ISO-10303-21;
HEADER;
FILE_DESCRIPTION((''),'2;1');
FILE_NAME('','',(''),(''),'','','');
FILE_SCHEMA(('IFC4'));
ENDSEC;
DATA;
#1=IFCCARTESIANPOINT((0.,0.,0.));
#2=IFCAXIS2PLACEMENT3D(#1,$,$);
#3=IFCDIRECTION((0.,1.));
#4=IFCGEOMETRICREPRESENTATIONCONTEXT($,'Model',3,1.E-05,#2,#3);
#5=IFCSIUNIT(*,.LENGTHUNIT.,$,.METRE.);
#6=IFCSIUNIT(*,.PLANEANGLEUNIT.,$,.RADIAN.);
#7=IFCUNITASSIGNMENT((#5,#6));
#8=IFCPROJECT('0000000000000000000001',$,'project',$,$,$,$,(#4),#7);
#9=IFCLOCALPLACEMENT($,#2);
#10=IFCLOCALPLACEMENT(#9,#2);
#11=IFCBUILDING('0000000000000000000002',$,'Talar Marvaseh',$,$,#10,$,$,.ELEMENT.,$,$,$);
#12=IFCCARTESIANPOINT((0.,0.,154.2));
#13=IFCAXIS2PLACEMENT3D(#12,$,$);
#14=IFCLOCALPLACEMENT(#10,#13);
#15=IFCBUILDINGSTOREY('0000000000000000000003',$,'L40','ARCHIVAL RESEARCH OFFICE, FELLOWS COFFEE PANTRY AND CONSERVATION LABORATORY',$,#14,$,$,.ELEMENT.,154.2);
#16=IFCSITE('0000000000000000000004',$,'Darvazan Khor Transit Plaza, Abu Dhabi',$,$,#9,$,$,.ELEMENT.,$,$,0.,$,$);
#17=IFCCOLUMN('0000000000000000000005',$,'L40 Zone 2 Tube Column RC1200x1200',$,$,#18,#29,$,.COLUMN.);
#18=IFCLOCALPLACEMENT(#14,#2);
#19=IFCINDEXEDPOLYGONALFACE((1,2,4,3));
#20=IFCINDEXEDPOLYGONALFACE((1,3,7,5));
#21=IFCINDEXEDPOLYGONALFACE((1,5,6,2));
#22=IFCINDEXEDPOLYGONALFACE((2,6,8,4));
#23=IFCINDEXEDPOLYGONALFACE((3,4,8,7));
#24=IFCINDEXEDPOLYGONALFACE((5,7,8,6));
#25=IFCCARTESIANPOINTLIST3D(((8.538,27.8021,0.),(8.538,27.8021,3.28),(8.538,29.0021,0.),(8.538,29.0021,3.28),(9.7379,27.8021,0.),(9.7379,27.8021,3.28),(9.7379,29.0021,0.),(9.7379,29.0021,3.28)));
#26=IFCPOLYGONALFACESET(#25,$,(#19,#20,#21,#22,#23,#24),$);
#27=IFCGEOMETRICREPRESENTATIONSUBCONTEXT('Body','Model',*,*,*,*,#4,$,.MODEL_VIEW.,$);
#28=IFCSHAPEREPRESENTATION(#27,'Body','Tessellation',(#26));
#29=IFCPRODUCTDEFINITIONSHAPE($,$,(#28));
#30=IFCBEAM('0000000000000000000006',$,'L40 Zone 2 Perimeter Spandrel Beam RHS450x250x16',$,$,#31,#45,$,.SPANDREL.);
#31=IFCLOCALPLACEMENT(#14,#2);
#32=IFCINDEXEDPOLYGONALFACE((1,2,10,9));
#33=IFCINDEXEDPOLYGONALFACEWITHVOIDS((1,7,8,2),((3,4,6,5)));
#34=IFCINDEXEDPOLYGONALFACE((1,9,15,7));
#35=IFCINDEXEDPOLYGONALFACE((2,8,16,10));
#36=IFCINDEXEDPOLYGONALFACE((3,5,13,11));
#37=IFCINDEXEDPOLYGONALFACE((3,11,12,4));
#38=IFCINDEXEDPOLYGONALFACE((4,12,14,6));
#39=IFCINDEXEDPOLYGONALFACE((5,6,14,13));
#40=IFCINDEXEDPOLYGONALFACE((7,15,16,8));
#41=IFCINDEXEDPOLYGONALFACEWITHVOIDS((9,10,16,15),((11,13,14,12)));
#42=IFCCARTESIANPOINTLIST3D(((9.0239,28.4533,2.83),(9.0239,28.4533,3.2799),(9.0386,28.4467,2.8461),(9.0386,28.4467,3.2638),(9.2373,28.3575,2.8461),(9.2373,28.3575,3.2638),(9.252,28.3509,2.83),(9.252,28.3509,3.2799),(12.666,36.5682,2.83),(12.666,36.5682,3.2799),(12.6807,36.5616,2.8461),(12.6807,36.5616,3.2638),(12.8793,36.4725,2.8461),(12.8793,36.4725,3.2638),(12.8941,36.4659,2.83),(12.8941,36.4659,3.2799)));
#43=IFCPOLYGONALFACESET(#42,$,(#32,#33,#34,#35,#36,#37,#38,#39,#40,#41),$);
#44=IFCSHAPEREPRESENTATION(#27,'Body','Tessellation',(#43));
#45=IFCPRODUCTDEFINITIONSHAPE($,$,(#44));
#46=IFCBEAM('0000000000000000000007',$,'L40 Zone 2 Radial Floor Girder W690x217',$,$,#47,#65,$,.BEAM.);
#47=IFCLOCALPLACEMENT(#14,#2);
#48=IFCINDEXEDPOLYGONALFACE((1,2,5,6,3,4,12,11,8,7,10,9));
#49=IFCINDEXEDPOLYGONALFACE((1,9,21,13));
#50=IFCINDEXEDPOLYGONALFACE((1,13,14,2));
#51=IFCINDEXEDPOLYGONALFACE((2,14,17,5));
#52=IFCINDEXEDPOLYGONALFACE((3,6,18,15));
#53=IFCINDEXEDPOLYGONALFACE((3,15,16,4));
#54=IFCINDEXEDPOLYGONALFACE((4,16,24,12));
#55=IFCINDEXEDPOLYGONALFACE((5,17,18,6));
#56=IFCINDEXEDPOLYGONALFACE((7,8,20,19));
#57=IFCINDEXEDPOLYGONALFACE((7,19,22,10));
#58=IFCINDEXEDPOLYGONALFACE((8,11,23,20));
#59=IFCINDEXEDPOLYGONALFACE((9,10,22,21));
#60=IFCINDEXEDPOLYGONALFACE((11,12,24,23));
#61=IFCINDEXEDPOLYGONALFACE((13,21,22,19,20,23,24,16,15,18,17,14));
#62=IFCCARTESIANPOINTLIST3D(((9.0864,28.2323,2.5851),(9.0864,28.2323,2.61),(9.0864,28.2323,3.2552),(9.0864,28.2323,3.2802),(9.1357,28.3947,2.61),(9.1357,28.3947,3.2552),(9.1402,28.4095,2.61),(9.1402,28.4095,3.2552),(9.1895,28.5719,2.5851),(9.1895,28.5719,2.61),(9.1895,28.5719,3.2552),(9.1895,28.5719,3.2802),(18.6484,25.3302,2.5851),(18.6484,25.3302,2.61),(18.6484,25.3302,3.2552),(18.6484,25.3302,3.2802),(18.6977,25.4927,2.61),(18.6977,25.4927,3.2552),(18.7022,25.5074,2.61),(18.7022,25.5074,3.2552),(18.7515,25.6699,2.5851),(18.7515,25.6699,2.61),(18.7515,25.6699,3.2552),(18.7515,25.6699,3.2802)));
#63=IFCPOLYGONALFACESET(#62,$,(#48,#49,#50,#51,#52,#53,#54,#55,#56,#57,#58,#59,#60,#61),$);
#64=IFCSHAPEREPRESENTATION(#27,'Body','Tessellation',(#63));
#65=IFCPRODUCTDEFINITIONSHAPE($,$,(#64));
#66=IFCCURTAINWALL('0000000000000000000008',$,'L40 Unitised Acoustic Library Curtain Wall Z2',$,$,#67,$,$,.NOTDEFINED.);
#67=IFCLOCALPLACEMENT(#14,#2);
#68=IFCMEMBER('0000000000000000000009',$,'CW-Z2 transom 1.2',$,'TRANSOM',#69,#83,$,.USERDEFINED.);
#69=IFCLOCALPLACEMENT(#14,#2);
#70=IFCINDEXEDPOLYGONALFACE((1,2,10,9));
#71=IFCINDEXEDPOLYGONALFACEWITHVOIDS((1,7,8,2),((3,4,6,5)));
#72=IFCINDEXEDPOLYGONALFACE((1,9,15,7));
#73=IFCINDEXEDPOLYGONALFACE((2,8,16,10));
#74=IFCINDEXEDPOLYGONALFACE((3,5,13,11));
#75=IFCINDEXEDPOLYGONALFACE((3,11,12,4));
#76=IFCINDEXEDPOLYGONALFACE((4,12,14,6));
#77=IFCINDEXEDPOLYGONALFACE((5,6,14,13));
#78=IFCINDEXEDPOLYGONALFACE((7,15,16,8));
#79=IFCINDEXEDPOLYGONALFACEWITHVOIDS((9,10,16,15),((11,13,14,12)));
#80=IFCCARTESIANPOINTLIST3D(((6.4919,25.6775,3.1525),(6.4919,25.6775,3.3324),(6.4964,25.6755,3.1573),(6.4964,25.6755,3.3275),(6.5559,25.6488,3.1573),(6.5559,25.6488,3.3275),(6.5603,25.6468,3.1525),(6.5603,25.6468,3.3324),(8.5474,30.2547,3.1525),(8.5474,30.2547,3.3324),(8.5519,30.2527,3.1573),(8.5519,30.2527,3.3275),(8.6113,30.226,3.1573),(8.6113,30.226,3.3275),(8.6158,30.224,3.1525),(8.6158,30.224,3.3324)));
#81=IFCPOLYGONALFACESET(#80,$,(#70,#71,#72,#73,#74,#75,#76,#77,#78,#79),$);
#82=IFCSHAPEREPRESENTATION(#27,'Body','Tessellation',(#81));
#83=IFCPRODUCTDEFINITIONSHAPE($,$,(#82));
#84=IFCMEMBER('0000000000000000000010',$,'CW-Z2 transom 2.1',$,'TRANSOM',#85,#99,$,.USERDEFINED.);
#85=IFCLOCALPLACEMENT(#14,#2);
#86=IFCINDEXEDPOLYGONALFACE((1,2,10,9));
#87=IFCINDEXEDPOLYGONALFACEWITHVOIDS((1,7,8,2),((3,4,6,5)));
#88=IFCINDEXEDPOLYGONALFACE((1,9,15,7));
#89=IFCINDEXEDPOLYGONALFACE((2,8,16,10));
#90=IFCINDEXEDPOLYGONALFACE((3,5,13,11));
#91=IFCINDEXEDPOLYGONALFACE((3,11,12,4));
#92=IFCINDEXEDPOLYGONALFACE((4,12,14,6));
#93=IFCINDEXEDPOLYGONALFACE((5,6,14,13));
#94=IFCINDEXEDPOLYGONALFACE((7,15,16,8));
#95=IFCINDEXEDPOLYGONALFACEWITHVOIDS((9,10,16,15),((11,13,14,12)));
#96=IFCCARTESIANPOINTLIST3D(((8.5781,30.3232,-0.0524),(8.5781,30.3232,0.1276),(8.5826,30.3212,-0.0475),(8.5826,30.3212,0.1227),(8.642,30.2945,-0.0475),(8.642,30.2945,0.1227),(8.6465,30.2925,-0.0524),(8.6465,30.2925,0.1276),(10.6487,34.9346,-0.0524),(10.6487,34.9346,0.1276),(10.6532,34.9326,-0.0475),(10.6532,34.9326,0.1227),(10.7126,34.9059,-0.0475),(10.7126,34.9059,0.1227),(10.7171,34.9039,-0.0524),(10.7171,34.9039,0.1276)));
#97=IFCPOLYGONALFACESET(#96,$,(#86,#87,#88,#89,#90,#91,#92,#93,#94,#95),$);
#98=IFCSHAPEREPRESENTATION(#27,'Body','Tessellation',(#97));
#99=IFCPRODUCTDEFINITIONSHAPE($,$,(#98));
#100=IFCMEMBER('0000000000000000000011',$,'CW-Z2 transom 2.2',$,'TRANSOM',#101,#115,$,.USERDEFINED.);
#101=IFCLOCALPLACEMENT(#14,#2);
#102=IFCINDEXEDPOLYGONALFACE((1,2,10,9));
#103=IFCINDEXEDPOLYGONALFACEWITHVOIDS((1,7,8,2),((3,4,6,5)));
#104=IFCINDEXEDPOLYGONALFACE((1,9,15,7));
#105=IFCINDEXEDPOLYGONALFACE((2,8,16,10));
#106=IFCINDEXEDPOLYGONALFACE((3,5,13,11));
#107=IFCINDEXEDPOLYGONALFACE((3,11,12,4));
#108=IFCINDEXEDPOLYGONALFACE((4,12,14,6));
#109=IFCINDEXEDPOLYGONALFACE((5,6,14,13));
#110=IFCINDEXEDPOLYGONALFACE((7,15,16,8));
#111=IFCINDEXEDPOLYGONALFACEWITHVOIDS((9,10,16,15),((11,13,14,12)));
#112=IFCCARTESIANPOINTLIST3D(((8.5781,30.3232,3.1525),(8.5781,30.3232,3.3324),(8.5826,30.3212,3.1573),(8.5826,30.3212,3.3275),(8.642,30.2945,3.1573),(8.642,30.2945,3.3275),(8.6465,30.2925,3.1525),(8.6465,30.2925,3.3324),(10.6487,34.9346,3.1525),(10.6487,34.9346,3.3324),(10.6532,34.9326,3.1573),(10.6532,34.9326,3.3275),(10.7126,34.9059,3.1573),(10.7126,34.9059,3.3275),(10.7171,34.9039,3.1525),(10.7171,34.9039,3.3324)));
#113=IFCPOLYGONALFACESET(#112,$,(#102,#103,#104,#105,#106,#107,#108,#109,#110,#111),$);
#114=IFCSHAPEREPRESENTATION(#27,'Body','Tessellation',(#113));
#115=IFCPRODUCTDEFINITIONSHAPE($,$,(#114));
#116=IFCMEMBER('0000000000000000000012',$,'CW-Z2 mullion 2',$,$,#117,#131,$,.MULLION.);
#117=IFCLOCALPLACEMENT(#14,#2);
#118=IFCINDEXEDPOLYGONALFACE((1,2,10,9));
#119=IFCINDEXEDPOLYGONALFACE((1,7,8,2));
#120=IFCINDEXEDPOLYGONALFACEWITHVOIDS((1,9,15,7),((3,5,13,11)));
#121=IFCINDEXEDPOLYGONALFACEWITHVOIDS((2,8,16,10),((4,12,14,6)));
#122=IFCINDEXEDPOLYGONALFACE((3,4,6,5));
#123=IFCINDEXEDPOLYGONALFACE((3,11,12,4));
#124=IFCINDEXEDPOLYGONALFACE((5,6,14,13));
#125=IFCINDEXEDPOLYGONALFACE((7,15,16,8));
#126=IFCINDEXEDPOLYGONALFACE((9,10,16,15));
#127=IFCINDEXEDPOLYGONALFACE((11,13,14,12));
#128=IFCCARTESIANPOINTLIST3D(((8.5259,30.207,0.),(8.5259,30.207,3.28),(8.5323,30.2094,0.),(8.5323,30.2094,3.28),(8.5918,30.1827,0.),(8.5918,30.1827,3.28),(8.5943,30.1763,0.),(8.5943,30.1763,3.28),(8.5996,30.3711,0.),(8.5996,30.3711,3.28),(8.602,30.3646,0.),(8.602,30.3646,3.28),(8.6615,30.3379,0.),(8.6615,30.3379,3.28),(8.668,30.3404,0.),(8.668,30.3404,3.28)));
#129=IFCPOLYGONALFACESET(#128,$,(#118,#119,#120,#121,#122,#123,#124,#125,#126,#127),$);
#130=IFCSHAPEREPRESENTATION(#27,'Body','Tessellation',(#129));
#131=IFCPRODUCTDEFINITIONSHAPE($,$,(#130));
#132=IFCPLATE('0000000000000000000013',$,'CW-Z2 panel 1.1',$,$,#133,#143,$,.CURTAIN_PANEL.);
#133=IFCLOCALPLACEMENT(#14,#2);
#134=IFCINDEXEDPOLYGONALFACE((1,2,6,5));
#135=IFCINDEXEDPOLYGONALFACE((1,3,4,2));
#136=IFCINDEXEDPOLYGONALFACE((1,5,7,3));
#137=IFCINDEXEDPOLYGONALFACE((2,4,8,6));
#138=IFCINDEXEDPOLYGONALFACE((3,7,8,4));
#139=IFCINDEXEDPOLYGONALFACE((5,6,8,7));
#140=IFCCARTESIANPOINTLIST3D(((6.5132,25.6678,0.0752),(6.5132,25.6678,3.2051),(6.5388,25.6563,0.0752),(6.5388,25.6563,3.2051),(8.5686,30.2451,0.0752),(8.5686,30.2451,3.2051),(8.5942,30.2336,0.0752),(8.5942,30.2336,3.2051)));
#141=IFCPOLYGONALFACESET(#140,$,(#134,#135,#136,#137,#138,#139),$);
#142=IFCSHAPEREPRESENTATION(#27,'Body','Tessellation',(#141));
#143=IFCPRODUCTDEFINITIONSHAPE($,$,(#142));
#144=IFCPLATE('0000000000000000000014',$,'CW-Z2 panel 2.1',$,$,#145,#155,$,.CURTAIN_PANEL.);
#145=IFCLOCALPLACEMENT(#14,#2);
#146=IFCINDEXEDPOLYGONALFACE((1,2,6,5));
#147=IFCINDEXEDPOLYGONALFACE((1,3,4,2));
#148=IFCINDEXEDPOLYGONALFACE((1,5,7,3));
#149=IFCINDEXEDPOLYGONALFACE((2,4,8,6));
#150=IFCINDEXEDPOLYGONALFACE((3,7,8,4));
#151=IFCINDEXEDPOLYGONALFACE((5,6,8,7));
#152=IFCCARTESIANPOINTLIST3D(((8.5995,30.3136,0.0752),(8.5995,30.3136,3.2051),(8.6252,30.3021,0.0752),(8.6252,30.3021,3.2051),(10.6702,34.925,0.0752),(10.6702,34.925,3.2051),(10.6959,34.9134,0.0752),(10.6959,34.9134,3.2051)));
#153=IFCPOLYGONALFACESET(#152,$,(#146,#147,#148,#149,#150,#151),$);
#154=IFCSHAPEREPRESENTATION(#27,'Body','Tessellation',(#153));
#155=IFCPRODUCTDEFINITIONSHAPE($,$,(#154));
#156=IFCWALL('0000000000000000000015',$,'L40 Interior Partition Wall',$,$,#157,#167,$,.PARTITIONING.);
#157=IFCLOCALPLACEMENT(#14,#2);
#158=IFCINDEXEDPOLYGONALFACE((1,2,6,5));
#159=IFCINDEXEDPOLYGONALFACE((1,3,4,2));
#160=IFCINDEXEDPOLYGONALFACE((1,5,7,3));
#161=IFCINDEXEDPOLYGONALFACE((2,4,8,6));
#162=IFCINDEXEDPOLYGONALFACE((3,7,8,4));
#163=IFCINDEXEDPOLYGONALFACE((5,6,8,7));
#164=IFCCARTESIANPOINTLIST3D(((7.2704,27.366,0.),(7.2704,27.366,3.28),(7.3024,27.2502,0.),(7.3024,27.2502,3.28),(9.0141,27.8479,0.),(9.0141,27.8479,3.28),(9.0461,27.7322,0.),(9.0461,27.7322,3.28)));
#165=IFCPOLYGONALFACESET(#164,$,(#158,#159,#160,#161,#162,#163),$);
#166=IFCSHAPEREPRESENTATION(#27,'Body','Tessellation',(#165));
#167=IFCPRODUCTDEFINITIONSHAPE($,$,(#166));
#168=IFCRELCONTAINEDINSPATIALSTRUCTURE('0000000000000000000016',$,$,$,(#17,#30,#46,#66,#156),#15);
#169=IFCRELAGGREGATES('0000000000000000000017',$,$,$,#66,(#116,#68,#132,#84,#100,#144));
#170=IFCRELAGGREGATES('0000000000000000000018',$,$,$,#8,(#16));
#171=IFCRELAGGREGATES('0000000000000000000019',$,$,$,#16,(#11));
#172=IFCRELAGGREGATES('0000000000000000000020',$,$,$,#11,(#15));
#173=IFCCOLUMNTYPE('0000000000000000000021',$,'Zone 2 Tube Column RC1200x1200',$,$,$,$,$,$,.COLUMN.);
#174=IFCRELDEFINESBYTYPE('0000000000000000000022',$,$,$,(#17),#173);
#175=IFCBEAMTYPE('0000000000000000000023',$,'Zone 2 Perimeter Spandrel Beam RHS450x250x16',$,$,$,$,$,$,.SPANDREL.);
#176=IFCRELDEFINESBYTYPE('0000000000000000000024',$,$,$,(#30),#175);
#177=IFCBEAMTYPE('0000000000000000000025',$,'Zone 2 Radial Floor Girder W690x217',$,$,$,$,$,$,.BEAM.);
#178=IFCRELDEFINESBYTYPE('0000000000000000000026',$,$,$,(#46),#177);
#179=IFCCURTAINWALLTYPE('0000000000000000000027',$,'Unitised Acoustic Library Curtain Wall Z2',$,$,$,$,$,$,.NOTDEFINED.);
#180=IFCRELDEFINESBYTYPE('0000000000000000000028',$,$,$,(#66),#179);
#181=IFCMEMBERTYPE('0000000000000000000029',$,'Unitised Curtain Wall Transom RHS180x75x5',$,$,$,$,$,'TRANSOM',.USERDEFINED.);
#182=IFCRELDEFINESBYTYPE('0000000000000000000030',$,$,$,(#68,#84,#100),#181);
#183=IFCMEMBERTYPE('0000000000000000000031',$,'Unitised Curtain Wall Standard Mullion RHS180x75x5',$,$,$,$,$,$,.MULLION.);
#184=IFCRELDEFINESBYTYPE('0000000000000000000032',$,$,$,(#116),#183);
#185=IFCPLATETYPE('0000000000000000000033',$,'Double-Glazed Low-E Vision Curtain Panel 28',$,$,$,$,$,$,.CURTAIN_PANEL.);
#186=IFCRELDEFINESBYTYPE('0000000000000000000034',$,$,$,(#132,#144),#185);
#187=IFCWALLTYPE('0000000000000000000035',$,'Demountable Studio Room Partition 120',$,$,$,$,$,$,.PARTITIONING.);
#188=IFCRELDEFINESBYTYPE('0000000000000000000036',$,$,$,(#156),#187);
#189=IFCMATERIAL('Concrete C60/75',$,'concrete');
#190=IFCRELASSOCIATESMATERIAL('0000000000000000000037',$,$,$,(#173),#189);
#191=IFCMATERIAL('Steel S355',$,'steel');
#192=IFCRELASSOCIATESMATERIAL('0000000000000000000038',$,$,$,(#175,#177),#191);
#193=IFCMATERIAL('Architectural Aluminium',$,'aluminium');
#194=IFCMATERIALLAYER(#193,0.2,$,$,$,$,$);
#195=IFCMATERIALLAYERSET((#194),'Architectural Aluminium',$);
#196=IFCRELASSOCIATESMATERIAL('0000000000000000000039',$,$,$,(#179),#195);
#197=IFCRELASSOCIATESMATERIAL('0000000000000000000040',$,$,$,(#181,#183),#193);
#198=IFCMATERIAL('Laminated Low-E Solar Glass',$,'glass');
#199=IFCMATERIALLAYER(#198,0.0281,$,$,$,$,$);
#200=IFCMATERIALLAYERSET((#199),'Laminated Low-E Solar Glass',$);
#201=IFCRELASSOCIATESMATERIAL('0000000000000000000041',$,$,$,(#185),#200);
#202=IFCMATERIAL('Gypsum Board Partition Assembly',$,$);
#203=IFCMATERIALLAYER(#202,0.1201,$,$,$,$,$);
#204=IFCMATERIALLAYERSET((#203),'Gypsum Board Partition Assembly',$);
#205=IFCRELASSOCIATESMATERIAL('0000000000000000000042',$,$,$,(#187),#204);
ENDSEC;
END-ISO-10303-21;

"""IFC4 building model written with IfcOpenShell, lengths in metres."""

from ifc_helpers import new_model, si_unit, direction, frame, frame_2d, origin, origin_2d, place, context, subcontext, project, spatial, rectangle, hollow_rectangle, i_section, extrude, source, transform, mapped, material, layer, layer_set, material_profile, profile_set, type_object, type_shapes, element, aggregate, save


model = new_model("IFC4")

# Units and contexts
model_context = context("Model", 3, precision=1e-05, world=origin(), true_north=direction((0.0, 1.0)))
body_context = subcontext(model_context, "Body", "Model", "MODEL_VIEW")
ifc_project = project(units=[si_unit("LENGTHUNIT", "METRE"), si_unit("PLANEANGLEUNIT", "RADIAN")], contexts=[model_context])

# Site, building, storey
site_placement = place(None, origin())
site = spatial("IfcSite", under=ifc_project, at=site_placement, Name="Darvazan Khor Transit Plaza, Abu Dhabi", CompositionType="ELEMENT", RefElevation=0.0)
building_placement = place(site_placement, origin())
building = spatial("IfcBuilding", under=site, at=building_placement, Name="Talar Marvaseh", CompositionType="ELEMENT")
storey_placement = place(building_placement, frame((0.0, 0.0, 154.2)))
storey = spatial("IfcBuildingStorey", under=building, at=storey_placement, Name="L40", Description="ARCHIVAL RESEARCH OFFICE, FELLOWS COFFEE PANTRY AND CONSERVATION LABORATORY", CompositionType="ELEMENT", Elevation=154.2)

# Column
ifc_material_1 = material(Name="Concrete C60/75", Category="concrete")
ifc_material_profile_1 = material_profile(ifc_material_1, rectangle(XDim=1.2, YDim=1.2, at=origin_2d()), Name="RC1200x1200")
ifc_profile_set_1 = profile_set([ifc_material_profile_1], Name="Concrete C60/75")
column_type = type_object("IfcColumnType", Name="Zone 2 Tube Column RC1200x1200", PredefinedType="COLUMN", material=ifc_profile_set_1)
column_placement = place(storey_placement, frame((9.1379, 28.4021, 0.0), z_axis=(0.0, 0.0, 1.0), x_axis=(1.0, 0.0, 0.0)))
element("IfcColumn", 1, at=column_placement, inside=storey, type_object=column_type, Name="L40 Zone 2 Tube Column RC1200x1200", PredefinedType="COLUMN", context=body_context, shape_type="SweptSolid", body=[
    extrude(rectangle(XDim=1.2, YDim=1.2, at=origin_2d()), origin(), (0.0, 0.0, 1.0), 3.28),
])

# Beams
ifc_material_2 = material(Name="Steel S355", Category="steel")
ifc_material_profile_2 = material_profile(ifc_material_2, hollow_rectangle(XDim=0.25, YDim=0.45, WallThickness=0.0161, at=origin_2d()), Name="RHS450x250x16")
ifc_profile_set_2 = profile_set([ifc_material_profile_2], Name="Steel S355")
beam_type_1 = type_object("IfcBeamType", Name="Zone 2 Perimeter Spandrel Beam RHS450x250x16", PredefinedType="SPANDREL", material=ifc_profile_set_2)
beam_1_placement = place(storey_placement, frame((9.1379, 28.4021, 3.0549), z_axis=(0.409462, 0.912327, 0.0), x_axis=(-0.912327, 0.409462, 0.0)))
element("IfcBeam", 2, at=beam_1_placement, inside=storey, type_object=beam_type_1, Name="L40 Zone 2 Perimeter Spandrel Beam RHS450x250x16", PredefinedType="SPANDREL", context=body_context, shape_type="SweptSolid", body=[
    extrude(hollow_rectangle(XDim=0.25, YDim=0.45, WallThickness=0.0161, at=origin_2d()), origin(), (0.0, 0.0, 1.0), 8.8948),
])
ifc_material_profile_3 = material_profile(ifc_material_2, i_section(OverallWidth=0.355, OverallDepth=0.6951, WebThickness=0.0154, FlangeThickness=0.0249, at=origin_2d()), Name="W690x217")
ifc_profile_set_3 = profile_set([ifc_material_profile_3], Name="Steel S355")
beam_type_2 = type_object("IfcBeamType", Name="Zone 2 Radial Floor Girder W690x217", PredefinedType="BEAM", material=ifc_profile_set_3)
beam_2_placement = place(storey_placement, frame((9.1379, 28.4021, 2.9326), z_axis=(0.956899, -0.290422, 0.0), x_axis=(0.290422, 0.956899, 0.0)))
element("IfcBeam", 3, at=beam_2_placement, inside=storey, type_object=beam_type_2, Name="L40 Zone 2 Radial Floor Girder W690x217", PredefinedType="BEAM", context=body_context, shape_type="SweptSolid", body=[
    extrude(i_section(OverallWidth=0.355, OverallDepth=0.6951, WebThickness=0.0154, FlangeThickness=0.0249, at=origin_2d()), origin(), (0.0, 0.0, 1.0), 9.9927),
])

# Curtain wall, members, plates
ifc_material_3 = material(Name="Architectural Aluminium", Category="aluminium")
ifc_layer_1 = layer(ifc_material_3, 0.2)
ifc_layer_set_1 = layer_set([ifc_layer_1], Name="Architectural Aluminium")
curtain_wall_type = type_object("IfcCurtainWallType", Name="Unitised Acoustic Library Curtain Wall Z2", PredefinedType="NOTDEFINED", material=ifc_layer_set_1)
curtain_wall_placement = place(storey_placement, origin())
curtain_wall = element("IfcCurtainWall", 4, at=curtain_wall_placement, inside=storey, type_object=curtain_wall_type, Name="L40 Unitised Acoustic Library Curtain Wall Z2", PredefinedType="NOTDEFINED")
ifc_material_profile_4 = material_profile(ifc_material_3, hollow_rectangle(XDim=0.075, YDim=0.1799, WallThickness=0.0049, at=origin_2d()), Name="RHS180x75x5")
ifc_profile_set_4 = profile_set([ifc_material_profile_4], Name="Architectural Aluminium")
member_type_1 = type_object("IfcMemberType", Name="Unitised Curtain Wall Transom RHS180x75x5", ElementType="TRANSOM", PredefinedType="USERDEFINED", material=ifc_profile_set_4)
shared_shape_1 = source(origin(), body_context, "Body", "SweptSolid", [
    extrude(hollow_rectangle(XDim=0.075, YDim=0.1799, WallThickness=0.0049, at=origin_2d()), origin(), (0.0, 0.0, 1.0), 5.0176),
])
member_1_placement = place(storey_placement, frame((6.5261, 25.6621, 3.2424), z_axis=(0.409652, 0.912242, 0.0), x_axis=(-0.912242, 0.409652, 0.0)))
member_1 = element("IfcMember", 5, at=member_1_placement, type_object=member_type_1, Name="CW-Z2 transom 1.2", ObjectType="TRANSOM", PredefinedType="USERDEFINED", context=body_context, shape_type="MappedRepresentation", body=[
    mapped(shared_shape_1, transform((0.0, 0.0, 0.0), x_axis=(1.0, 0.0, 0.0), y_axis=(0.0, 1.0, 0.0), z_axis=(0.0, 0.0, 1.0), scale=1.0)),
])
shared_shape_2 = source(origin(), body_context, "Body", "SweptSolid", [
    extrude(hollow_rectangle(XDim=0.075, YDim=0.1799, WallThickness=0.0049, at=origin_2d()), origin(), (0.0, 0.0, 1.0), 5.0549),
])
type_shapes(member_type_1, [shared_shape_1, shared_shape_2])
member_2_placement = place(storey_placement, frame((8.6123, 30.3079, 0.0376), z_axis=(0.409617, 0.912257, 0.0), x_axis=(-0.912257, 0.409617, 0.0)))
member_2 = element("IfcMember", 6, at=member_2_placement, type_object=member_type_1, Name="CW-Z2 transom 2.1", ObjectType="TRANSOM", PredefinedType="USERDEFINED", context=body_context, shape_type="MappedRepresentation", body=[
    mapped(shared_shape_2, transform((0.0, 0.0, 0.0), x_axis=(1.0, 0.0, 0.0), y_axis=(0.0, 1.0, 0.0), z_axis=(0.0, 0.0, 1.0), scale=1.0)),
])
member_3_placement = place(storey_placement, frame((8.6123, 30.3079, 3.2424), z_axis=(0.409617, 0.912257, 0.0), x_axis=(-0.912257, 0.409617, 0.0)))
member_3 = element("IfcMember", 7, at=member_3_placement, type_object=member_type_1, Name="CW-Z2 transom 2.2", ObjectType="TRANSOM", PredefinedType="USERDEFINED", context=body_context, shape_type="MappedRepresentation", body=[
    mapped(shared_shape_2, transform((0.0, 0.0, 0.0), x_axis=(1.0, 0.0, 0.0), y_axis=(0.0, 1.0, 0.0), z_axis=(0.0, 0.0, 1.0), scale=1.0)),
])
ifc_material_profile_5 = material_profile(ifc_material_3, hollow_rectangle(XDim=0.075, YDim=0.1799, WallThickness=0.0049, at=origin_2d()), Name="RHS180x75x5")
ifc_profile_set_5 = profile_set([ifc_material_profile_5], Name="Architectural Aluminium")
member_type_2 = type_object("IfcMemberType", Name="Unitised Curtain Wall Standard Mullion RHS180x75x5", PredefinedType="MULLION", material=ifc_profile_set_5)
shared_shape_3 = source(origin(), body_context, "Body", "SweptSolid", [
    extrude(hollow_rectangle(XDim=0.075, YDim=0.1799, WallThickness=0.0049, at=origin_2d()), origin(), (0.0, 0.0, 1.0), 3.28),
])
type_shapes(member_type_2, [shared_shape_3])
member_4_placement = place(storey_placement, frame((8.5969, 30.2737, 0.0), z_axis=(0.0, 0.0, 1.0), x_axis=(-0.912248, 0.409639, 0.0)))
member_4 = element("IfcMember", 8, at=member_4_placement, type_object=member_type_2, Name="CW-Z2 mullion 2", PredefinedType="MULLION", context=body_context, shape_type="MappedRepresentation", body=[
    mapped(shared_shape_3, transform((0.0, 0.0, 0.0), x_axis=(1.0, 0.0, 0.0), y_axis=(0.0, 1.0, 0.0), z_axis=(0.0, 0.0, 1.0), scale=1.0)),
])
ifc_material_4 = material(Name="Laminated Low-E Solar Glass", Category="glass")
ifc_layer_2 = layer(ifc_material_4, 0.0281)
ifc_layer_set_2 = layer_set([ifc_layer_2], Name="Laminated Low-E Solar Glass")
plate_type = type_object("IfcPlateType", Name="Double-Glazed Low-E Vision Curtain Panel 28", PredefinedType="CURTAIN_PANEL", material=ifc_layer_set_2)
shared_shape_4 = source(origin(), body_context, "Body", "SweptSolid", [
    extrude(rectangle(XDim=5.0176, YDim=0.0281, at=origin_2d()), origin(), (0.0, 0.0, 1.0), 3.1299),
])
plate_1_placement = place(storey_placement, frame((7.5537, 27.9507, 0.0752), z_axis=(0.0, 0.0, 1.0), x_axis=(0.409639, 0.912248, 0.0)))
plate_1 = element("IfcPlate", 9, at=plate_1_placement, type_object=plate_type, Name="CW-Z2 panel 1.1", PredefinedType="CURTAIN_PANEL", context=body_context, shape_type="MappedRepresentation", body=[
    mapped(shared_shape_4, transform((0.0, 0.0, 0.0), x_axis=(1.0, 0.0, 0.0), y_axis=(0.0, 1.0, 0.0), z_axis=(0.0, 0.0, 1.0), scale=1.0)),
])
shared_shape_5 = source(origin(), body_context, "Body", "SweptSolid", [
    extrude(rectangle(XDim=5.0549, YDim=0.0281, at=origin_2d()), origin(), (0.0, 0.0, 1.0), 3.1299),
])
type_shapes(plate_type, [shared_shape_4, shared_shape_5])
plate_2_placement = place(storey_placement, frame((9.6477, 32.6135, 0.0752), z_axis=(0.0, 0.0, 1.0), x_axis=(0.409639, 0.912248, 0.0)))
plate_2 = element("IfcPlate", 10, at=plate_2_placement, type_object=plate_type, Name="CW-Z2 panel 2.1", PredefinedType="CURTAIN_PANEL", context=body_context, shape_type="MappedRepresentation", body=[
    mapped(shared_shape_5, transform((0.0, 0.0, 0.0), x_axis=(1.0, 0.0, 0.0), y_axis=(0.0, 1.0, 0.0), z_axis=(0.0, 0.0, 1.0), scale=1.0)),
])
aggregate(curtain_wall, [member_4, member_1, plate_1, member_2, member_3, plate_2])

# Shared definitions
ifc_material_5 = material(Name="Gypsum Board Partition Assembly")

# Wall
ifc_layer_3 = layer(ifc_material_5, 0.1201)
ifc_layer_set_3 = layer_set([ifc_layer_3], Name="Gypsum Board Partition Assembly")
wall_type_1 = type_object("IfcWallType", Name="Demountable Studio Room Partition 120", PredefinedType="PARTITIONING", material=ifc_layer_set_3)
wall_1_placement = place(storey_placement, frame((7.2864, 27.3081, 0.0), z_axis=(0.0, 0.0, 1.0), x_axis=(0.963861, 0.266405, 0.0)))
element("IfcWall", 11, at=wall_1_placement, inside=storey, type_object=wall_type_1, Name="L40 Interior Partition Wall", PredefinedType="PARTITIONING", context=body_context, shape_type="SweptSolid", body=[
    extrude(rectangle(XDim=1.8091, YDim=0.1201, at=frame_2d((0.9045, 0.0))), origin(), (0.0, 0.0, 1.0), 3.28),
])

save(model, "model.ifc")
